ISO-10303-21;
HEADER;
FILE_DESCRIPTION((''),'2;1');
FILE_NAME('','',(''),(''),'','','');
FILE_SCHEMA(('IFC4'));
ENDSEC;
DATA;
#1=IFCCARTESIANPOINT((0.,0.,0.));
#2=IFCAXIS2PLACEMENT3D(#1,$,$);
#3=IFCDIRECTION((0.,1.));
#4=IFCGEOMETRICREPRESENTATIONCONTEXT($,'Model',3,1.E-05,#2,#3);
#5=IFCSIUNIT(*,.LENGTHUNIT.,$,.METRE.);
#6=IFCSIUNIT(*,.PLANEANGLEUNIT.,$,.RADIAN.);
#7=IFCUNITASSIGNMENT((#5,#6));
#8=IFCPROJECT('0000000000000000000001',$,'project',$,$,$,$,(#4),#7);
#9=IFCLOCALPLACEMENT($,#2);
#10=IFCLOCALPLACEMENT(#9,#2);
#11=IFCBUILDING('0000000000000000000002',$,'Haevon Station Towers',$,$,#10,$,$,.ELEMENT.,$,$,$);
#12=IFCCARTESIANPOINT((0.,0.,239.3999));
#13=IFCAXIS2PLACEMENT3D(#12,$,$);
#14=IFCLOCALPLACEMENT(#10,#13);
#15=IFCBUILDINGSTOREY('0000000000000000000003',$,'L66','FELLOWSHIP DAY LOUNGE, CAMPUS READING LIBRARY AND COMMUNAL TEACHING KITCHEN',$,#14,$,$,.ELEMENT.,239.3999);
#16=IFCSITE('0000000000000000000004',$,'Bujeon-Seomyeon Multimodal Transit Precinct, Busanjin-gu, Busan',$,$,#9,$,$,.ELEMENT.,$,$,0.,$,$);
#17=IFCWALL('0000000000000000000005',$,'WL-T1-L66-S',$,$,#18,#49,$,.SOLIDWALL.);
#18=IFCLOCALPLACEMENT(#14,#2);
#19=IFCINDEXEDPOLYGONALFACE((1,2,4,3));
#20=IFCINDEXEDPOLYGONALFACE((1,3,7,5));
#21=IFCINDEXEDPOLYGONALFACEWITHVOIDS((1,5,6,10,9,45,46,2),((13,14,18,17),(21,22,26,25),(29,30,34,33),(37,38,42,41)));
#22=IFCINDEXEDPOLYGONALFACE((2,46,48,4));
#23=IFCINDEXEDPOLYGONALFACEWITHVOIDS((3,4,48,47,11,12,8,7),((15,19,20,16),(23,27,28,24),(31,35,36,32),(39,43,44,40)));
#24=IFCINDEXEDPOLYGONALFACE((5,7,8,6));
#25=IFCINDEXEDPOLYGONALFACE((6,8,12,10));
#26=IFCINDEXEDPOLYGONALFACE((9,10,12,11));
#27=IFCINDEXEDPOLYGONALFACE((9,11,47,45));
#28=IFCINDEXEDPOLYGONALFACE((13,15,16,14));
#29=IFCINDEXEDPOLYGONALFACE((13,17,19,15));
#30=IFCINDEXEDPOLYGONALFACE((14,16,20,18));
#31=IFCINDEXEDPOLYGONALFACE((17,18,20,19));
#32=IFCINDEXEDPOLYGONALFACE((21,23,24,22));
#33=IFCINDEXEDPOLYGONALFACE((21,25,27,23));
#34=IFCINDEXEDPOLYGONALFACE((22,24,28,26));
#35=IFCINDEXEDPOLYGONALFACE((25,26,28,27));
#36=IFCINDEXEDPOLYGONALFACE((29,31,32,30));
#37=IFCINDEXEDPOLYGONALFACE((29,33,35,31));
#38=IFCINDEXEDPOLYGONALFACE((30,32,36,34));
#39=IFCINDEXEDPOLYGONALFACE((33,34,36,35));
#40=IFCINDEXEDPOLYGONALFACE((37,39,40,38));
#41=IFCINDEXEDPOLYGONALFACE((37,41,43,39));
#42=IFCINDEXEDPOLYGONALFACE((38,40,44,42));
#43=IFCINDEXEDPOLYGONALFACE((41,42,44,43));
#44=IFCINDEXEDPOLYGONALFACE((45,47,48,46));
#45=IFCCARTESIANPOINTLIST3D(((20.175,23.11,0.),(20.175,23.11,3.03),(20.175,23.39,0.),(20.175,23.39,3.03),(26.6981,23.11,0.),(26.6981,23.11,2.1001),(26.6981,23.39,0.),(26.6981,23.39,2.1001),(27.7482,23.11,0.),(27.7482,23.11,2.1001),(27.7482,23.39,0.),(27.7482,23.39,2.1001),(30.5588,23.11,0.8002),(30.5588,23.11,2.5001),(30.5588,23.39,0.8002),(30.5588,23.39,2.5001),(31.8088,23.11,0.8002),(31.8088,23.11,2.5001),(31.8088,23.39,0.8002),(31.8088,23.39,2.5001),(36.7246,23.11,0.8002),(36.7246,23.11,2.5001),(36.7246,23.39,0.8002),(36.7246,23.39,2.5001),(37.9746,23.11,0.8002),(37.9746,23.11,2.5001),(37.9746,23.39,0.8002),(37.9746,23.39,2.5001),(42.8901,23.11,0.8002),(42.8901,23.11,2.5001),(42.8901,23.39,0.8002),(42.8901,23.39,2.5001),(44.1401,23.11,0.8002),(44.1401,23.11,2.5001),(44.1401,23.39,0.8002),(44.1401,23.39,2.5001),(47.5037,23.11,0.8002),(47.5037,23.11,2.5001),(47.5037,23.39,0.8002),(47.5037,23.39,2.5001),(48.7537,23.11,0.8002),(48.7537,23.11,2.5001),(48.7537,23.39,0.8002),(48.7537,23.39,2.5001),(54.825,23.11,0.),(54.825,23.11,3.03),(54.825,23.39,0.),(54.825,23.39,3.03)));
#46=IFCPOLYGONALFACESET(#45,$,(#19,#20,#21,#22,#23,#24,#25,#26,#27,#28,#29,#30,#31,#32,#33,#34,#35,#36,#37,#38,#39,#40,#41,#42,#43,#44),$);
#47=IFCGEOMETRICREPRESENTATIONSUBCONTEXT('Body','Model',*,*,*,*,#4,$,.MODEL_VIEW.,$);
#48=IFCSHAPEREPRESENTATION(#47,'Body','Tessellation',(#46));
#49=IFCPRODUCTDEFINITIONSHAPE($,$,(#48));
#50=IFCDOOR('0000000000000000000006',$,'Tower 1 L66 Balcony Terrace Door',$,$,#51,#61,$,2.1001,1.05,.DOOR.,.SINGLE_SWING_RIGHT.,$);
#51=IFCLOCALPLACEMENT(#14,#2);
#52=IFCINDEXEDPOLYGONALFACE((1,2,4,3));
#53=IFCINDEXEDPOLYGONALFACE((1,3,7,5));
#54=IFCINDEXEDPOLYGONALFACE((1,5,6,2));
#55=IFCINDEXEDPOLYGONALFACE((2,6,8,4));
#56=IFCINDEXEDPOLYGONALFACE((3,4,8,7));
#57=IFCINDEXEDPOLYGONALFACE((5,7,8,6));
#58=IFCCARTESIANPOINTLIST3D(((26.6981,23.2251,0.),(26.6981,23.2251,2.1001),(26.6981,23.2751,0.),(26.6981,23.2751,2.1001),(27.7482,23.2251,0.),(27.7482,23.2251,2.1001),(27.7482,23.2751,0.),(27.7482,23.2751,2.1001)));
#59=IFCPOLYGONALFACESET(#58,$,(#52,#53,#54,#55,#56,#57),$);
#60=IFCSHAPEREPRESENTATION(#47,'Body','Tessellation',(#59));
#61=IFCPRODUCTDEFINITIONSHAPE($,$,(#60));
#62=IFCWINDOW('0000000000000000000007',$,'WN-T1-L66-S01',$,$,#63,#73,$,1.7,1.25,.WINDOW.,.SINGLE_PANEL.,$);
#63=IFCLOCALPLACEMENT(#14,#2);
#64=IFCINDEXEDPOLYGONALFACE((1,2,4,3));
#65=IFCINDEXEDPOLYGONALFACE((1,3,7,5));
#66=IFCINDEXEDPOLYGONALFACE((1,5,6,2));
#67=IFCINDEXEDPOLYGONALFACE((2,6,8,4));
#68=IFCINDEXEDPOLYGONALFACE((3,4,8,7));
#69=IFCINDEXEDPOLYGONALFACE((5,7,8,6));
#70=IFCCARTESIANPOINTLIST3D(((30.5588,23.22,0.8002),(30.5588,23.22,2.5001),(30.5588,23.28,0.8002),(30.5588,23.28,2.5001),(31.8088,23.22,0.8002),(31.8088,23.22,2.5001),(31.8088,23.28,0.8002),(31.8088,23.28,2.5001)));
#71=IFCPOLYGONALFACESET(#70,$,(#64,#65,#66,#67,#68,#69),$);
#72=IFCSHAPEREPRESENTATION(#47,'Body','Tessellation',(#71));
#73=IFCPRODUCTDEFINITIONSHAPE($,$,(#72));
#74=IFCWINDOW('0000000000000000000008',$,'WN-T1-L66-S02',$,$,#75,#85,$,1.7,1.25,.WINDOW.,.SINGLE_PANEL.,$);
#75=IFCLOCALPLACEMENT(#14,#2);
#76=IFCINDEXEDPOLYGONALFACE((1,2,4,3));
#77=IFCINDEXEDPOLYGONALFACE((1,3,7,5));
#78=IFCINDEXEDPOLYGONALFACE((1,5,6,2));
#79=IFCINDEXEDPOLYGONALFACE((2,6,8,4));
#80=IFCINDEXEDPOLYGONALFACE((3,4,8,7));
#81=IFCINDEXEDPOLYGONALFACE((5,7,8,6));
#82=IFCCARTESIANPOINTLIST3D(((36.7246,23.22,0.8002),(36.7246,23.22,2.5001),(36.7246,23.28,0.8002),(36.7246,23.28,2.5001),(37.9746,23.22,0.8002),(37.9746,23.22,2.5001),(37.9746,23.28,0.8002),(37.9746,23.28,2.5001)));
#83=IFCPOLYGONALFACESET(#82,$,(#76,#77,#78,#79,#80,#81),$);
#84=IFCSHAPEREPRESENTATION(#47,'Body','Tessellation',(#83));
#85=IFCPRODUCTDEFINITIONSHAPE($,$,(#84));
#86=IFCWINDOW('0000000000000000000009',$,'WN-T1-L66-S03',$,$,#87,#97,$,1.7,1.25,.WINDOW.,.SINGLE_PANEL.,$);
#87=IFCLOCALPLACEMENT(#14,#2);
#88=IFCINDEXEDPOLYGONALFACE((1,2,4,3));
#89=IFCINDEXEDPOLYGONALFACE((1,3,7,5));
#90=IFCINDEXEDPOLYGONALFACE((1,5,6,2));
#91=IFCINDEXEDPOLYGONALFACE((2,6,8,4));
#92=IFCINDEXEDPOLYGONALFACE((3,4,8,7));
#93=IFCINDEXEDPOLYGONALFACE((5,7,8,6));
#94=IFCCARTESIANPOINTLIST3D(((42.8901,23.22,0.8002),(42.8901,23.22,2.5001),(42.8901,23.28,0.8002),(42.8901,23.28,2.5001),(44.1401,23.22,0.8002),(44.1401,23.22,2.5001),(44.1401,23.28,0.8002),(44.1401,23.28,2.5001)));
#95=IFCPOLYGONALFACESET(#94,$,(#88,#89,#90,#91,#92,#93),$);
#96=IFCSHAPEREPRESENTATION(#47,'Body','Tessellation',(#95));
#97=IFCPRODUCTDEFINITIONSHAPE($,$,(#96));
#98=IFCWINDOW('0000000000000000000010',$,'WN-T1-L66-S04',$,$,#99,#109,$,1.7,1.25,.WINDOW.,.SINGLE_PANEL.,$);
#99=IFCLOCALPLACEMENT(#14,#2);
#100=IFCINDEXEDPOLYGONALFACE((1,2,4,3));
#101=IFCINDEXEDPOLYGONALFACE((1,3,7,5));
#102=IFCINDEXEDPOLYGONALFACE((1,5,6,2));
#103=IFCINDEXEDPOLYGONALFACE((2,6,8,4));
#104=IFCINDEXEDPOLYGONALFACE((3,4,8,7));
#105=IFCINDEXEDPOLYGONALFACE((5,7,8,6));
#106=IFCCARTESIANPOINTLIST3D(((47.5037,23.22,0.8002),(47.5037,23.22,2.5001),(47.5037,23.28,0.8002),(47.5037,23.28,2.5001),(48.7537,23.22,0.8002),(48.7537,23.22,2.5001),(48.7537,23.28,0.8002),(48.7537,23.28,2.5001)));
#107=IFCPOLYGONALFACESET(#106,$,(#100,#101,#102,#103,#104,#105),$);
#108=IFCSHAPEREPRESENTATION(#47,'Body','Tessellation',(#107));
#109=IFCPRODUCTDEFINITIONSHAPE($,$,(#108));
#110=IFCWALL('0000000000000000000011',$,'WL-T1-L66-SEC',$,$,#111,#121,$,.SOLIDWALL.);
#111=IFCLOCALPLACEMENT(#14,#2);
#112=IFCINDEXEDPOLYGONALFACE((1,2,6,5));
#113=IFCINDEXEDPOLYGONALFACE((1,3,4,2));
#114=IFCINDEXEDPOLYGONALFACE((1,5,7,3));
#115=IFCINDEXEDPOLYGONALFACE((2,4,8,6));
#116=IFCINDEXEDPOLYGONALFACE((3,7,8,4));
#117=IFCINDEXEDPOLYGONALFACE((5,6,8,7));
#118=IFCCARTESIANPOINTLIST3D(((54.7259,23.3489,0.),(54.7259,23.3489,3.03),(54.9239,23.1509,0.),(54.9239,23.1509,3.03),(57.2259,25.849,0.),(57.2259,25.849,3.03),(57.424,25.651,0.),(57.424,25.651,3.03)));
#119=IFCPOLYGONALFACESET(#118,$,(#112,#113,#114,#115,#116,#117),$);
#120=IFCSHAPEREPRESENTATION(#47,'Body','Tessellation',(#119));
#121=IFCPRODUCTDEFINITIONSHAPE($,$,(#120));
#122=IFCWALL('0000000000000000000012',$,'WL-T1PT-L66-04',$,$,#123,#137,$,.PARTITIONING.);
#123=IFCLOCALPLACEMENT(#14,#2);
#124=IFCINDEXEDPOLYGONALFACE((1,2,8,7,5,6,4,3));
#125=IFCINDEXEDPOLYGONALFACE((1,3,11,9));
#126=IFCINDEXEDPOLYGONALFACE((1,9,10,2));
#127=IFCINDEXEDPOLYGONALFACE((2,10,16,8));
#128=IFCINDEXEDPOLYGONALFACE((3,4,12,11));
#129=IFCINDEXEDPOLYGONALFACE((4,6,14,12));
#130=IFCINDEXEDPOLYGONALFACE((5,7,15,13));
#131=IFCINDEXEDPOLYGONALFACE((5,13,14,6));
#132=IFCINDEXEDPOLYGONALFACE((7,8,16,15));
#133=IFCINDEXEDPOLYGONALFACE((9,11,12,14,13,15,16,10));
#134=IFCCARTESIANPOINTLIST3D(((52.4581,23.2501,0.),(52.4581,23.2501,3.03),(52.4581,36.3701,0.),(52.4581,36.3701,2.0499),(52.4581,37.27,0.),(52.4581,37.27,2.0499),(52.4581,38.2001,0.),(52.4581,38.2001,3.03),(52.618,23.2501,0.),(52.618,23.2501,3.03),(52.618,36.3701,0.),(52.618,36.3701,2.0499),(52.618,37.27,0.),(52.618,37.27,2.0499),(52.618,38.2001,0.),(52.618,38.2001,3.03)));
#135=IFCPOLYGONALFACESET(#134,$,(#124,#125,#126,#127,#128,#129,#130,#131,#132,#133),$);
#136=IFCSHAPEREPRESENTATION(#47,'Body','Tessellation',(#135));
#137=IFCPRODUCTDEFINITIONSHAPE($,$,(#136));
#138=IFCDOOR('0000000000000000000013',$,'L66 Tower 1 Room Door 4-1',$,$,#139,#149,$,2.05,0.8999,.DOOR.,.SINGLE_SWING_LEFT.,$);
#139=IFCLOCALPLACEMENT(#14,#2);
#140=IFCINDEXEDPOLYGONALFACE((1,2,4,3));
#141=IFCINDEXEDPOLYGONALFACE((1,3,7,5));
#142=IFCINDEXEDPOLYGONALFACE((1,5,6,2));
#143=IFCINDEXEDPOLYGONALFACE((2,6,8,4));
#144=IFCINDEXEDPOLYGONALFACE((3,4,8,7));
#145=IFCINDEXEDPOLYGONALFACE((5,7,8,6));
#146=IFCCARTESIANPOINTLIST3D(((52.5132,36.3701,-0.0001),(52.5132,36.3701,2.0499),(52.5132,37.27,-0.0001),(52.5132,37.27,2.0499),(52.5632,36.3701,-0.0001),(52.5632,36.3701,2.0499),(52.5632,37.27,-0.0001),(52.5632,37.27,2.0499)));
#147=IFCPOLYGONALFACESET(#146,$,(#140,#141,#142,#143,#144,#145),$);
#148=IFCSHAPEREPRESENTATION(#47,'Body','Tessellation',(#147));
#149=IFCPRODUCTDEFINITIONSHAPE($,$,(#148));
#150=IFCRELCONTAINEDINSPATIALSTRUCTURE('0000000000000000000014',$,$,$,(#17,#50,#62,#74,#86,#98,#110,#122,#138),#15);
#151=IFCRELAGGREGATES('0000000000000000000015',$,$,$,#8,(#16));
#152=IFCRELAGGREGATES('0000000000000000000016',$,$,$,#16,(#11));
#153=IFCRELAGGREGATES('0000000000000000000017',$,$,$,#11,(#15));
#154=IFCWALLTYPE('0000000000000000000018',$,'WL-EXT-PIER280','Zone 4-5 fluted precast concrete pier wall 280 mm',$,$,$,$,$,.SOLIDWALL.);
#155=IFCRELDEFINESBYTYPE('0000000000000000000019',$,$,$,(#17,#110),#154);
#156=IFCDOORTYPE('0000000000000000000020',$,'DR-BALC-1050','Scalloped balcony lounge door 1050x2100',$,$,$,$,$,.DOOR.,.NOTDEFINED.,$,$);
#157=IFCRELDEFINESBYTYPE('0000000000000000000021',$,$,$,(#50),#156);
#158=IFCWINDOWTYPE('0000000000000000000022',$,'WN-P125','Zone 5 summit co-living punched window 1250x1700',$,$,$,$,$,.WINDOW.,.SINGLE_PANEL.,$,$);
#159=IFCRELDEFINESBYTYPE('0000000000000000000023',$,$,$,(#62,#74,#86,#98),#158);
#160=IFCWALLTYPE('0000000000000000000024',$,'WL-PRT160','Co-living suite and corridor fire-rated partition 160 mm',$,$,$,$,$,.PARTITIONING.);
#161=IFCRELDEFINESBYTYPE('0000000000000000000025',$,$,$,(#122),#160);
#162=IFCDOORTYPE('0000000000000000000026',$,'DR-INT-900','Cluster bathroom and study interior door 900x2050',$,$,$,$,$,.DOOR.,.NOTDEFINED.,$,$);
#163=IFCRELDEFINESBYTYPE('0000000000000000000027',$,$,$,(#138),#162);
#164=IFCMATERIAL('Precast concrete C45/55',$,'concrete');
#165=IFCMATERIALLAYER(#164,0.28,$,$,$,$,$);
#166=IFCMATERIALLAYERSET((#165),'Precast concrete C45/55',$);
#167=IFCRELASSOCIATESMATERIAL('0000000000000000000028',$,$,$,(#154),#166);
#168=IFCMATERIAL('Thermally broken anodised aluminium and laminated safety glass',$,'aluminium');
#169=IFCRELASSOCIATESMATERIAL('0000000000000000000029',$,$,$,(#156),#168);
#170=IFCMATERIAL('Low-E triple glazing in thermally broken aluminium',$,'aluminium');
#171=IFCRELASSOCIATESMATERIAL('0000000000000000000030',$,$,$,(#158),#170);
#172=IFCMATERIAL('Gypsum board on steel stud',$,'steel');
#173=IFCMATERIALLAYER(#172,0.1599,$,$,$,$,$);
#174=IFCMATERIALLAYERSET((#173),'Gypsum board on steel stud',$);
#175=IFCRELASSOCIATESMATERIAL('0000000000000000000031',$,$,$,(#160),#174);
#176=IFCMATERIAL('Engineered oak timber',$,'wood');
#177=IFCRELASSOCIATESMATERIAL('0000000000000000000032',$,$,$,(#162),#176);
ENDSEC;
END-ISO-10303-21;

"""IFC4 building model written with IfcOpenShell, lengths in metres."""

from ifc_helpers import new_model, si_unit, direction, frame, frame_2d, origin, place, context, subcontext, project, spatial, rectangle, extrude, material, layer, layer_set, type_object, element, fill, save


model = new_model("IFC4")

# Units and contexts
model_context = context("Model", 3, precision=1e-05, world=origin(), true_north=direction((0.0, 1.0)))
body_context = subcontext(model_context, "Body", "Model", "MODEL_VIEW")
ifc_project = project(units=[si_unit("LENGTHUNIT", "METRE"), si_unit("PLANEANGLEUNIT", "RADIAN")], contexts=[model_context])

# Site, building, storey
site_placement = place(None, origin())
site = spatial("IfcSite", under=ifc_project, at=site_placement, Name="Bujeon-Seomyeon Multimodal Transit Precinct, Busanjin-gu, Busan", CompositionType="ELEMENT", RefElevation=0.0)
building_placement = place(site_placement, origin())
building = spatial("IfcBuilding", under=site, at=building_placement, Name="Haevon Station Towers", CompositionType="ELEMENT")
storey_placement = place(building_placement, frame((0.0, 0.0, 239.3999)))
storey = spatial("IfcBuildingStorey", under=building, at=storey_placement, Name="L66", Description="FELLOWSHIP DAY LOUNGE, CAMPUS READING LIBRARY AND COMMUNAL TEACHING KITCHEN", CompositionType="ELEMENT", Elevation=239.3999)

# Wall, openings, door, windows
ifc_material_1 = material(Name="Precast concrete C45/55", Category="concrete")
ifc_layer_1 = layer(ifc_material_1, 0.28)
ifc_layer_set_1 = layer_set([ifc_layer_1], Name="Precast concrete C45/55")
wall_type_1 = type_object("IfcWallType", Name="WL-EXT-PIER280", Description="Zone 4-5 fluted precast concrete pier wall 280 mm", PredefinedType="SOLIDWALL", material=ifc_layer_set_1)
wall_1_placement = place(storey_placement, frame((54.825, 23.25, 0.0), z_axis=(0.0, 0.0, 1.0), x_axis=(-1.0, 0.0, 0.0)))
wall_1 = element("IfcWall", 1, at=wall_1_placement, inside=storey, type_object=wall_type_1, Name="WL-T1-L66-S", PredefinedType="SOLIDWALL", context=body_context, shape_type="SweptSolid", body=[
    extrude(rectangle(XDim=34.6499, YDim=0.28, at=frame_2d((17.325, 0.0))), origin(), (0.0, 0.0, 1.0), 3.03),
])
opening_1_placement = place(wall_1_placement, frame((27.0769, 0.0, 0.0)))
opening_1 = element("IfcOpeningElement", 2, at=opening_1_placement, cuts=wall_1, PredefinedType="OPENING", context=body_context, shape_type="SweptSolid", body=[
    extrude(rectangle(XDim=1.05, YDim=2.1001, at=frame_2d((0.5249, 1.05))), frame((0.0, 0.1499, 0.0), z_axis=(0.0, -1.0, 0.0), x_axis=(1.0, 0.0, 0.0)), (0.0, 0.0, 1.0), 0.3),
])
opening_2_placement = place(wall_1_placement, frame((23.0161, 0.0, 0.8)))
opening_2 = element("IfcOpeningElement", 3, at=opening_2_placement, cuts=wall_1, PredefinedType="OPENING", context=body_context, shape_type="SweptSolid", body=[
    extrude(rectangle(XDim=1.25, YDim=1.7, at=frame_2d((0.625, 0.8501))), frame((0.0, 0.1499, 0.0), z_axis=(0.0, -1.0, 0.0), x_axis=(1.0, 0.0, 0.0)), (0.0, 0.0, 1.0), 0.3),
])
opening_3_placement = place(wall_1_placement, frame((16.8503, 0.0, 0.8)))
opening_3 = element("IfcOpeningElement", 4, at=opening_3_placement, cuts=wall_1, PredefinedType="OPENING", context=body_context, shape_type="SweptSolid", body=[
    extrude(rectangle(XDim=1.25, YDim=1.7, at=frame_2d((0.625, 0.8501))), frame((0.0, 0.1499, 0.0), z_axis=(0.0, -1.0, 0.0), x_axis=(1.0, 0.0, 0.0)), (0.0, 0.0, 1.0), 0.3),
])
opening_4_placement = place(wall_1_placement, frame((10.6848, 0.0, 0.8)))
opening_4 = element("IfcOpeningElement", 5, at=opening_4_placement, cuts=wall_1, PredefinedType="OPENING", context=body_context, shape_type="SweptSolid", body=[
    extrude(rectangle(XDim=1.25, YDim=1.7, at=frame_2d((0.625, 0.8501))), frame((0.0, 0.1499, 0.0), z_axis=(0.0, -1.0, 0.0), x_axis=(1.0, 0.0, 0.0)), (0.0, 0.0, 1.0), 0.3),
])
opening_5_placement = place(wall_1_placement, frame((6.0713, 0.0, 0.8)))
opening_5 = element("IfcOpeningElement", 6, at=opening_5_placement, cuts=wall_1, PredefinedType="OPENING", context=body_context, shape_type="SweptSolid", body=[
    extrude(rectangle(XDim=1.25, YDim=1.7, at=frame_2d((0.625, 0.8501))), frame((0.0, 0.1499, 0.0), z_axis=(0.0, -1.0, 0.0), x_axis=(1.0, 0.0, 0.0)), (0.0, 0.0, 1.0), 0.3),
])
ifc_material_2 = material(Name="Thermally broken anodised aluminium and laminated safety glass", Category="aluminium")
door_type_1 = type_object("IfcDoorType", Name="DR-BALC-1050", Description="Scalloped balcony lounge door 1050x2100", OperationType="NOTDEFINED", PredefinedType="DOOR", material=ifc_material_2)
door_1_placement = place(opening_1_placement, origin())
door_1 = element("IfcDoor", 7, at=door_1_placement, inside=storey, type_object=door_type_1, Name="Tower 1 L66 Balcony Terrace Door", OperationType="SINGLE_SWING_RIGHT", OverallHeight=2.1001, OverallWidth=1.05, PredefinedType="DOOR", context=body_context, shape_type="SweptSolid", body=[
    extrude(rectangle(XDim=1.05, YDim=2.1001, at=frame_2d((0.5249, 1.05))), frame((0.0, 0.0249, 0.0), z_axis=(0.0, -1.0, 0.0), x_axis=(1.0, 0.0, 0.0)), (0.0, 0.0, 1.0), 0.05),
])
fill(opening_1, door_1)
ifc_material_3 = material(Name="Low-E triple glazing in thermally broken aluminium", Category="aluminium")
window_type = type_object("IfcWindowType", Name="WN-P125", Description="Zone 5 summit co-living punched window 1250x1700", PartitioningType="SINGLE_PANEL", PredefinedType="WINDOW", material=ifc_material_3)
window_1_placement = place(opening_2_placement, origin())
window_1 = element("IfcWindow", 8, at=window_1_placement, inside=storey, type_object=window_type, Name="WN-T1-L66-S01", OverallHeight=1.7, OverallWidth=1.25, PartitioningType="SINGLE_PANEL", PredefinedType="WINDOW", context=body_context, shape_type="SweptSolid", body=[
    extrude(rectangle(XDim=1.25, YDim=1.7, at=frame_2d((0.625, 0.8501))), frame((0.0, 0.03, 0.0), z_axis=(0.0, -1.0, 0.0), x_axis=(1.0, 0.0, 0.0)), (0.0, 0.0, 1.0), 0.0601),
])
fill(opening_2, window_1)
window_2_placement = place(opening_3_placement, origin())
window_2 = element("IfcWindow", 9, at=window_2_placement, inside=storey, type_object=window_type, Name="WN-T1-L66-S02", OverallHeight=1.7, OverallWidth=1.25, PartitioningType="SINGLE_PANEL", PredefinedType="WINDOW", context=body_context, shape_type="SweptSolid", body=[
    extrude(rectangle(XDim=1.25, YDim=1.7, at=frame_2d((0.625, 0.8501))), frame((0.0, 0.03, 0.0), z_axis=(0.0, -1.0, 0.0), x_axis=(1.0, 0.0, 0.0)), (0.0, 0.0, 1.0), 0.0601),
])
fill(opening_3, window_2)
window_3_placement = place(opening_4_placement, origin())
window_3 = element("IfcWindow", 10, at=window_3_placement, inside=storey, type_object=window_type, Name="WN-T1-L66-S03", OverallHeight=1.7, OverallWidth=1.25, PartitioningType="SINGLE_PANEL", PredefinedType="WINDOW", context=body_context, shape_type="SweptSolid", body=[
    extrude(rectangle(XDim=1.25, YDim=1.7, at=frame_2d((0.625, 0.8501))), frame((0.0, 0.03, 0.0), z_axis=(0.0, -1.0, 0.0), x_axis=(1.0, 0.0, 0.0)), (0.0, 0.0, 1.0), 0.0601),
])
fill(opening_4, window_3)
window_4_placement = place(opening_5_placement, origin())
window_4 = element("IfcWindow", 11, at=window_4_placement, inside=storey, type_object=window_type, Name="WN-T1-L66-S04", OverallHeight=1.7, OverallWidth=1.25, PartitioningType="SINGLE_PANEL", PredefinedType="WINDOW", context=body_context, shape_type="SweptSolid", body=[
    extrude(rectangle(XDim=1.25, YDim=1.7, at=frame_2d((0.625, 0.8501))), frame((0.0, 0.03, 0.0), z_axis=(0.0, -1.0, 0.0), x_axis=(1.0, 0.0, 0.0)), (0.0, 0.0, 1.0), 0.0601),
])
fill(opening_5, window_4)

# Wall
wall_2_placement = place(storey_placement, frame((57.325, 25.75, 0.0), z_axis=(0.0, 0.0, 1.0), x_axis=(-0.707107, -0.707107, 0.0)))
element("IfcWall", 12, at=wall_2_placement, inside=storey, type_object=wall_type_1, Name="WL-T1-L66-SEC", PredefinedType="SOLIDWALL", context=body_context, shape_type="SweptSolid", body=[
    extrude(rectangle(XDim=3.5356, YDim=0.28, at=frame_2d((1.7678, 0.0))), origin(), (0.0, 0.0, 1.0), 3.03),
])

# Wall, opening, door
ifc_material_4 = material(Name="Gypsum board on steel stud", Category="steel")
ifc_layer_2 = layer(ifc_material_4, 0.1599)
ifc_layer_set_2 = layer_set([ifc_layer_2], Name="Gypsum board on steel stud")
wall_type_2 = type_object("IfcWallType", Name="WL-PRT160", Description="Co-living suite and corridor fire-rated partition 160 mm", PredefinedType="PARTITIONING", material=ifc_layer_set_2)
wall_3_placement = place(storey_placement, frame((52.5381, 23.25, 0.0), z_axis=(0.0, 0.0, 1.0), x_axis=(0.0, 1.0, 0.0)))
wall_3 = element("IfcWall", 13, at=wall_3_placement, inside=storey, type_object=wall_type_2, Name="WL-T1PT-L66-04", PredefinedType="PARTITIONING", context=body_context, shape_type="SweptSolid", body=[
    extrude(rectangle(XDim=14.95, YDim=0.1599, at=frame_2d((7.4751, 0.0))), origin(), (0.0, 0.0, 1.0), 3.03),
])
opening_6_placement = place(wall_3_placement, frame((13.1201, 0.0, 0.0)))
opening_6 = element("IfcOpeningElement", 14, at=opening_6_placement, cuts=wall_3, PredefinedType="OPENING", context=body_context, shape_type="SweptSolid", body=[
    extrude(rectangle(XDim=0.8999, YDim=2.05, at=frame_2d((0.45, 1.0249))), frame((0.0, 0.0898, 0.0), z_axis=(0.0, -1.0, 0.0), x_axis=(1.0, 0.0, 0.0)), (0.0, 0.0, 1.0), 0.1799),
])
ifc_material_5 = material(Name="Engineered oak timber", Category="wood")
door_type_2 = type_object("IfcDoorType", Name="DR-INT-900", Description="Cluster bathroom and study interior door 900x2050", OperationType="NOTDEFINED", PredefinedType="DOOR", material=ifc_material_5)
door_2_placement = place(opening_6_placement, origin())
door_2 = element("IfcDoor", 15, at=door_2_placement, inside=storey, type_object=door_type_2, Name="L66 Tower 1 Room Door 4-1", OperationType="SINGLE_SWING_LEFT", OverallHeight=2.05, OverallWidth=0.8999, PredefinedType="DOOR", context=body_context, shape_type="SweptSolid", body=[
    extrude(rectangle(XDim=0.8999, YDim=2.05, at=frame_2d((0.45, 1.0249))), frame((0.0, 0.0249, 0.0), z_axis=(0.0, -1.0, 0.0), x_axis=(1.0, 0.0, 0.0)), (0.0, 0.0, 1.0), 0.05),
])
fill(opening_6, door_2)

save(model, "model.ifc")
